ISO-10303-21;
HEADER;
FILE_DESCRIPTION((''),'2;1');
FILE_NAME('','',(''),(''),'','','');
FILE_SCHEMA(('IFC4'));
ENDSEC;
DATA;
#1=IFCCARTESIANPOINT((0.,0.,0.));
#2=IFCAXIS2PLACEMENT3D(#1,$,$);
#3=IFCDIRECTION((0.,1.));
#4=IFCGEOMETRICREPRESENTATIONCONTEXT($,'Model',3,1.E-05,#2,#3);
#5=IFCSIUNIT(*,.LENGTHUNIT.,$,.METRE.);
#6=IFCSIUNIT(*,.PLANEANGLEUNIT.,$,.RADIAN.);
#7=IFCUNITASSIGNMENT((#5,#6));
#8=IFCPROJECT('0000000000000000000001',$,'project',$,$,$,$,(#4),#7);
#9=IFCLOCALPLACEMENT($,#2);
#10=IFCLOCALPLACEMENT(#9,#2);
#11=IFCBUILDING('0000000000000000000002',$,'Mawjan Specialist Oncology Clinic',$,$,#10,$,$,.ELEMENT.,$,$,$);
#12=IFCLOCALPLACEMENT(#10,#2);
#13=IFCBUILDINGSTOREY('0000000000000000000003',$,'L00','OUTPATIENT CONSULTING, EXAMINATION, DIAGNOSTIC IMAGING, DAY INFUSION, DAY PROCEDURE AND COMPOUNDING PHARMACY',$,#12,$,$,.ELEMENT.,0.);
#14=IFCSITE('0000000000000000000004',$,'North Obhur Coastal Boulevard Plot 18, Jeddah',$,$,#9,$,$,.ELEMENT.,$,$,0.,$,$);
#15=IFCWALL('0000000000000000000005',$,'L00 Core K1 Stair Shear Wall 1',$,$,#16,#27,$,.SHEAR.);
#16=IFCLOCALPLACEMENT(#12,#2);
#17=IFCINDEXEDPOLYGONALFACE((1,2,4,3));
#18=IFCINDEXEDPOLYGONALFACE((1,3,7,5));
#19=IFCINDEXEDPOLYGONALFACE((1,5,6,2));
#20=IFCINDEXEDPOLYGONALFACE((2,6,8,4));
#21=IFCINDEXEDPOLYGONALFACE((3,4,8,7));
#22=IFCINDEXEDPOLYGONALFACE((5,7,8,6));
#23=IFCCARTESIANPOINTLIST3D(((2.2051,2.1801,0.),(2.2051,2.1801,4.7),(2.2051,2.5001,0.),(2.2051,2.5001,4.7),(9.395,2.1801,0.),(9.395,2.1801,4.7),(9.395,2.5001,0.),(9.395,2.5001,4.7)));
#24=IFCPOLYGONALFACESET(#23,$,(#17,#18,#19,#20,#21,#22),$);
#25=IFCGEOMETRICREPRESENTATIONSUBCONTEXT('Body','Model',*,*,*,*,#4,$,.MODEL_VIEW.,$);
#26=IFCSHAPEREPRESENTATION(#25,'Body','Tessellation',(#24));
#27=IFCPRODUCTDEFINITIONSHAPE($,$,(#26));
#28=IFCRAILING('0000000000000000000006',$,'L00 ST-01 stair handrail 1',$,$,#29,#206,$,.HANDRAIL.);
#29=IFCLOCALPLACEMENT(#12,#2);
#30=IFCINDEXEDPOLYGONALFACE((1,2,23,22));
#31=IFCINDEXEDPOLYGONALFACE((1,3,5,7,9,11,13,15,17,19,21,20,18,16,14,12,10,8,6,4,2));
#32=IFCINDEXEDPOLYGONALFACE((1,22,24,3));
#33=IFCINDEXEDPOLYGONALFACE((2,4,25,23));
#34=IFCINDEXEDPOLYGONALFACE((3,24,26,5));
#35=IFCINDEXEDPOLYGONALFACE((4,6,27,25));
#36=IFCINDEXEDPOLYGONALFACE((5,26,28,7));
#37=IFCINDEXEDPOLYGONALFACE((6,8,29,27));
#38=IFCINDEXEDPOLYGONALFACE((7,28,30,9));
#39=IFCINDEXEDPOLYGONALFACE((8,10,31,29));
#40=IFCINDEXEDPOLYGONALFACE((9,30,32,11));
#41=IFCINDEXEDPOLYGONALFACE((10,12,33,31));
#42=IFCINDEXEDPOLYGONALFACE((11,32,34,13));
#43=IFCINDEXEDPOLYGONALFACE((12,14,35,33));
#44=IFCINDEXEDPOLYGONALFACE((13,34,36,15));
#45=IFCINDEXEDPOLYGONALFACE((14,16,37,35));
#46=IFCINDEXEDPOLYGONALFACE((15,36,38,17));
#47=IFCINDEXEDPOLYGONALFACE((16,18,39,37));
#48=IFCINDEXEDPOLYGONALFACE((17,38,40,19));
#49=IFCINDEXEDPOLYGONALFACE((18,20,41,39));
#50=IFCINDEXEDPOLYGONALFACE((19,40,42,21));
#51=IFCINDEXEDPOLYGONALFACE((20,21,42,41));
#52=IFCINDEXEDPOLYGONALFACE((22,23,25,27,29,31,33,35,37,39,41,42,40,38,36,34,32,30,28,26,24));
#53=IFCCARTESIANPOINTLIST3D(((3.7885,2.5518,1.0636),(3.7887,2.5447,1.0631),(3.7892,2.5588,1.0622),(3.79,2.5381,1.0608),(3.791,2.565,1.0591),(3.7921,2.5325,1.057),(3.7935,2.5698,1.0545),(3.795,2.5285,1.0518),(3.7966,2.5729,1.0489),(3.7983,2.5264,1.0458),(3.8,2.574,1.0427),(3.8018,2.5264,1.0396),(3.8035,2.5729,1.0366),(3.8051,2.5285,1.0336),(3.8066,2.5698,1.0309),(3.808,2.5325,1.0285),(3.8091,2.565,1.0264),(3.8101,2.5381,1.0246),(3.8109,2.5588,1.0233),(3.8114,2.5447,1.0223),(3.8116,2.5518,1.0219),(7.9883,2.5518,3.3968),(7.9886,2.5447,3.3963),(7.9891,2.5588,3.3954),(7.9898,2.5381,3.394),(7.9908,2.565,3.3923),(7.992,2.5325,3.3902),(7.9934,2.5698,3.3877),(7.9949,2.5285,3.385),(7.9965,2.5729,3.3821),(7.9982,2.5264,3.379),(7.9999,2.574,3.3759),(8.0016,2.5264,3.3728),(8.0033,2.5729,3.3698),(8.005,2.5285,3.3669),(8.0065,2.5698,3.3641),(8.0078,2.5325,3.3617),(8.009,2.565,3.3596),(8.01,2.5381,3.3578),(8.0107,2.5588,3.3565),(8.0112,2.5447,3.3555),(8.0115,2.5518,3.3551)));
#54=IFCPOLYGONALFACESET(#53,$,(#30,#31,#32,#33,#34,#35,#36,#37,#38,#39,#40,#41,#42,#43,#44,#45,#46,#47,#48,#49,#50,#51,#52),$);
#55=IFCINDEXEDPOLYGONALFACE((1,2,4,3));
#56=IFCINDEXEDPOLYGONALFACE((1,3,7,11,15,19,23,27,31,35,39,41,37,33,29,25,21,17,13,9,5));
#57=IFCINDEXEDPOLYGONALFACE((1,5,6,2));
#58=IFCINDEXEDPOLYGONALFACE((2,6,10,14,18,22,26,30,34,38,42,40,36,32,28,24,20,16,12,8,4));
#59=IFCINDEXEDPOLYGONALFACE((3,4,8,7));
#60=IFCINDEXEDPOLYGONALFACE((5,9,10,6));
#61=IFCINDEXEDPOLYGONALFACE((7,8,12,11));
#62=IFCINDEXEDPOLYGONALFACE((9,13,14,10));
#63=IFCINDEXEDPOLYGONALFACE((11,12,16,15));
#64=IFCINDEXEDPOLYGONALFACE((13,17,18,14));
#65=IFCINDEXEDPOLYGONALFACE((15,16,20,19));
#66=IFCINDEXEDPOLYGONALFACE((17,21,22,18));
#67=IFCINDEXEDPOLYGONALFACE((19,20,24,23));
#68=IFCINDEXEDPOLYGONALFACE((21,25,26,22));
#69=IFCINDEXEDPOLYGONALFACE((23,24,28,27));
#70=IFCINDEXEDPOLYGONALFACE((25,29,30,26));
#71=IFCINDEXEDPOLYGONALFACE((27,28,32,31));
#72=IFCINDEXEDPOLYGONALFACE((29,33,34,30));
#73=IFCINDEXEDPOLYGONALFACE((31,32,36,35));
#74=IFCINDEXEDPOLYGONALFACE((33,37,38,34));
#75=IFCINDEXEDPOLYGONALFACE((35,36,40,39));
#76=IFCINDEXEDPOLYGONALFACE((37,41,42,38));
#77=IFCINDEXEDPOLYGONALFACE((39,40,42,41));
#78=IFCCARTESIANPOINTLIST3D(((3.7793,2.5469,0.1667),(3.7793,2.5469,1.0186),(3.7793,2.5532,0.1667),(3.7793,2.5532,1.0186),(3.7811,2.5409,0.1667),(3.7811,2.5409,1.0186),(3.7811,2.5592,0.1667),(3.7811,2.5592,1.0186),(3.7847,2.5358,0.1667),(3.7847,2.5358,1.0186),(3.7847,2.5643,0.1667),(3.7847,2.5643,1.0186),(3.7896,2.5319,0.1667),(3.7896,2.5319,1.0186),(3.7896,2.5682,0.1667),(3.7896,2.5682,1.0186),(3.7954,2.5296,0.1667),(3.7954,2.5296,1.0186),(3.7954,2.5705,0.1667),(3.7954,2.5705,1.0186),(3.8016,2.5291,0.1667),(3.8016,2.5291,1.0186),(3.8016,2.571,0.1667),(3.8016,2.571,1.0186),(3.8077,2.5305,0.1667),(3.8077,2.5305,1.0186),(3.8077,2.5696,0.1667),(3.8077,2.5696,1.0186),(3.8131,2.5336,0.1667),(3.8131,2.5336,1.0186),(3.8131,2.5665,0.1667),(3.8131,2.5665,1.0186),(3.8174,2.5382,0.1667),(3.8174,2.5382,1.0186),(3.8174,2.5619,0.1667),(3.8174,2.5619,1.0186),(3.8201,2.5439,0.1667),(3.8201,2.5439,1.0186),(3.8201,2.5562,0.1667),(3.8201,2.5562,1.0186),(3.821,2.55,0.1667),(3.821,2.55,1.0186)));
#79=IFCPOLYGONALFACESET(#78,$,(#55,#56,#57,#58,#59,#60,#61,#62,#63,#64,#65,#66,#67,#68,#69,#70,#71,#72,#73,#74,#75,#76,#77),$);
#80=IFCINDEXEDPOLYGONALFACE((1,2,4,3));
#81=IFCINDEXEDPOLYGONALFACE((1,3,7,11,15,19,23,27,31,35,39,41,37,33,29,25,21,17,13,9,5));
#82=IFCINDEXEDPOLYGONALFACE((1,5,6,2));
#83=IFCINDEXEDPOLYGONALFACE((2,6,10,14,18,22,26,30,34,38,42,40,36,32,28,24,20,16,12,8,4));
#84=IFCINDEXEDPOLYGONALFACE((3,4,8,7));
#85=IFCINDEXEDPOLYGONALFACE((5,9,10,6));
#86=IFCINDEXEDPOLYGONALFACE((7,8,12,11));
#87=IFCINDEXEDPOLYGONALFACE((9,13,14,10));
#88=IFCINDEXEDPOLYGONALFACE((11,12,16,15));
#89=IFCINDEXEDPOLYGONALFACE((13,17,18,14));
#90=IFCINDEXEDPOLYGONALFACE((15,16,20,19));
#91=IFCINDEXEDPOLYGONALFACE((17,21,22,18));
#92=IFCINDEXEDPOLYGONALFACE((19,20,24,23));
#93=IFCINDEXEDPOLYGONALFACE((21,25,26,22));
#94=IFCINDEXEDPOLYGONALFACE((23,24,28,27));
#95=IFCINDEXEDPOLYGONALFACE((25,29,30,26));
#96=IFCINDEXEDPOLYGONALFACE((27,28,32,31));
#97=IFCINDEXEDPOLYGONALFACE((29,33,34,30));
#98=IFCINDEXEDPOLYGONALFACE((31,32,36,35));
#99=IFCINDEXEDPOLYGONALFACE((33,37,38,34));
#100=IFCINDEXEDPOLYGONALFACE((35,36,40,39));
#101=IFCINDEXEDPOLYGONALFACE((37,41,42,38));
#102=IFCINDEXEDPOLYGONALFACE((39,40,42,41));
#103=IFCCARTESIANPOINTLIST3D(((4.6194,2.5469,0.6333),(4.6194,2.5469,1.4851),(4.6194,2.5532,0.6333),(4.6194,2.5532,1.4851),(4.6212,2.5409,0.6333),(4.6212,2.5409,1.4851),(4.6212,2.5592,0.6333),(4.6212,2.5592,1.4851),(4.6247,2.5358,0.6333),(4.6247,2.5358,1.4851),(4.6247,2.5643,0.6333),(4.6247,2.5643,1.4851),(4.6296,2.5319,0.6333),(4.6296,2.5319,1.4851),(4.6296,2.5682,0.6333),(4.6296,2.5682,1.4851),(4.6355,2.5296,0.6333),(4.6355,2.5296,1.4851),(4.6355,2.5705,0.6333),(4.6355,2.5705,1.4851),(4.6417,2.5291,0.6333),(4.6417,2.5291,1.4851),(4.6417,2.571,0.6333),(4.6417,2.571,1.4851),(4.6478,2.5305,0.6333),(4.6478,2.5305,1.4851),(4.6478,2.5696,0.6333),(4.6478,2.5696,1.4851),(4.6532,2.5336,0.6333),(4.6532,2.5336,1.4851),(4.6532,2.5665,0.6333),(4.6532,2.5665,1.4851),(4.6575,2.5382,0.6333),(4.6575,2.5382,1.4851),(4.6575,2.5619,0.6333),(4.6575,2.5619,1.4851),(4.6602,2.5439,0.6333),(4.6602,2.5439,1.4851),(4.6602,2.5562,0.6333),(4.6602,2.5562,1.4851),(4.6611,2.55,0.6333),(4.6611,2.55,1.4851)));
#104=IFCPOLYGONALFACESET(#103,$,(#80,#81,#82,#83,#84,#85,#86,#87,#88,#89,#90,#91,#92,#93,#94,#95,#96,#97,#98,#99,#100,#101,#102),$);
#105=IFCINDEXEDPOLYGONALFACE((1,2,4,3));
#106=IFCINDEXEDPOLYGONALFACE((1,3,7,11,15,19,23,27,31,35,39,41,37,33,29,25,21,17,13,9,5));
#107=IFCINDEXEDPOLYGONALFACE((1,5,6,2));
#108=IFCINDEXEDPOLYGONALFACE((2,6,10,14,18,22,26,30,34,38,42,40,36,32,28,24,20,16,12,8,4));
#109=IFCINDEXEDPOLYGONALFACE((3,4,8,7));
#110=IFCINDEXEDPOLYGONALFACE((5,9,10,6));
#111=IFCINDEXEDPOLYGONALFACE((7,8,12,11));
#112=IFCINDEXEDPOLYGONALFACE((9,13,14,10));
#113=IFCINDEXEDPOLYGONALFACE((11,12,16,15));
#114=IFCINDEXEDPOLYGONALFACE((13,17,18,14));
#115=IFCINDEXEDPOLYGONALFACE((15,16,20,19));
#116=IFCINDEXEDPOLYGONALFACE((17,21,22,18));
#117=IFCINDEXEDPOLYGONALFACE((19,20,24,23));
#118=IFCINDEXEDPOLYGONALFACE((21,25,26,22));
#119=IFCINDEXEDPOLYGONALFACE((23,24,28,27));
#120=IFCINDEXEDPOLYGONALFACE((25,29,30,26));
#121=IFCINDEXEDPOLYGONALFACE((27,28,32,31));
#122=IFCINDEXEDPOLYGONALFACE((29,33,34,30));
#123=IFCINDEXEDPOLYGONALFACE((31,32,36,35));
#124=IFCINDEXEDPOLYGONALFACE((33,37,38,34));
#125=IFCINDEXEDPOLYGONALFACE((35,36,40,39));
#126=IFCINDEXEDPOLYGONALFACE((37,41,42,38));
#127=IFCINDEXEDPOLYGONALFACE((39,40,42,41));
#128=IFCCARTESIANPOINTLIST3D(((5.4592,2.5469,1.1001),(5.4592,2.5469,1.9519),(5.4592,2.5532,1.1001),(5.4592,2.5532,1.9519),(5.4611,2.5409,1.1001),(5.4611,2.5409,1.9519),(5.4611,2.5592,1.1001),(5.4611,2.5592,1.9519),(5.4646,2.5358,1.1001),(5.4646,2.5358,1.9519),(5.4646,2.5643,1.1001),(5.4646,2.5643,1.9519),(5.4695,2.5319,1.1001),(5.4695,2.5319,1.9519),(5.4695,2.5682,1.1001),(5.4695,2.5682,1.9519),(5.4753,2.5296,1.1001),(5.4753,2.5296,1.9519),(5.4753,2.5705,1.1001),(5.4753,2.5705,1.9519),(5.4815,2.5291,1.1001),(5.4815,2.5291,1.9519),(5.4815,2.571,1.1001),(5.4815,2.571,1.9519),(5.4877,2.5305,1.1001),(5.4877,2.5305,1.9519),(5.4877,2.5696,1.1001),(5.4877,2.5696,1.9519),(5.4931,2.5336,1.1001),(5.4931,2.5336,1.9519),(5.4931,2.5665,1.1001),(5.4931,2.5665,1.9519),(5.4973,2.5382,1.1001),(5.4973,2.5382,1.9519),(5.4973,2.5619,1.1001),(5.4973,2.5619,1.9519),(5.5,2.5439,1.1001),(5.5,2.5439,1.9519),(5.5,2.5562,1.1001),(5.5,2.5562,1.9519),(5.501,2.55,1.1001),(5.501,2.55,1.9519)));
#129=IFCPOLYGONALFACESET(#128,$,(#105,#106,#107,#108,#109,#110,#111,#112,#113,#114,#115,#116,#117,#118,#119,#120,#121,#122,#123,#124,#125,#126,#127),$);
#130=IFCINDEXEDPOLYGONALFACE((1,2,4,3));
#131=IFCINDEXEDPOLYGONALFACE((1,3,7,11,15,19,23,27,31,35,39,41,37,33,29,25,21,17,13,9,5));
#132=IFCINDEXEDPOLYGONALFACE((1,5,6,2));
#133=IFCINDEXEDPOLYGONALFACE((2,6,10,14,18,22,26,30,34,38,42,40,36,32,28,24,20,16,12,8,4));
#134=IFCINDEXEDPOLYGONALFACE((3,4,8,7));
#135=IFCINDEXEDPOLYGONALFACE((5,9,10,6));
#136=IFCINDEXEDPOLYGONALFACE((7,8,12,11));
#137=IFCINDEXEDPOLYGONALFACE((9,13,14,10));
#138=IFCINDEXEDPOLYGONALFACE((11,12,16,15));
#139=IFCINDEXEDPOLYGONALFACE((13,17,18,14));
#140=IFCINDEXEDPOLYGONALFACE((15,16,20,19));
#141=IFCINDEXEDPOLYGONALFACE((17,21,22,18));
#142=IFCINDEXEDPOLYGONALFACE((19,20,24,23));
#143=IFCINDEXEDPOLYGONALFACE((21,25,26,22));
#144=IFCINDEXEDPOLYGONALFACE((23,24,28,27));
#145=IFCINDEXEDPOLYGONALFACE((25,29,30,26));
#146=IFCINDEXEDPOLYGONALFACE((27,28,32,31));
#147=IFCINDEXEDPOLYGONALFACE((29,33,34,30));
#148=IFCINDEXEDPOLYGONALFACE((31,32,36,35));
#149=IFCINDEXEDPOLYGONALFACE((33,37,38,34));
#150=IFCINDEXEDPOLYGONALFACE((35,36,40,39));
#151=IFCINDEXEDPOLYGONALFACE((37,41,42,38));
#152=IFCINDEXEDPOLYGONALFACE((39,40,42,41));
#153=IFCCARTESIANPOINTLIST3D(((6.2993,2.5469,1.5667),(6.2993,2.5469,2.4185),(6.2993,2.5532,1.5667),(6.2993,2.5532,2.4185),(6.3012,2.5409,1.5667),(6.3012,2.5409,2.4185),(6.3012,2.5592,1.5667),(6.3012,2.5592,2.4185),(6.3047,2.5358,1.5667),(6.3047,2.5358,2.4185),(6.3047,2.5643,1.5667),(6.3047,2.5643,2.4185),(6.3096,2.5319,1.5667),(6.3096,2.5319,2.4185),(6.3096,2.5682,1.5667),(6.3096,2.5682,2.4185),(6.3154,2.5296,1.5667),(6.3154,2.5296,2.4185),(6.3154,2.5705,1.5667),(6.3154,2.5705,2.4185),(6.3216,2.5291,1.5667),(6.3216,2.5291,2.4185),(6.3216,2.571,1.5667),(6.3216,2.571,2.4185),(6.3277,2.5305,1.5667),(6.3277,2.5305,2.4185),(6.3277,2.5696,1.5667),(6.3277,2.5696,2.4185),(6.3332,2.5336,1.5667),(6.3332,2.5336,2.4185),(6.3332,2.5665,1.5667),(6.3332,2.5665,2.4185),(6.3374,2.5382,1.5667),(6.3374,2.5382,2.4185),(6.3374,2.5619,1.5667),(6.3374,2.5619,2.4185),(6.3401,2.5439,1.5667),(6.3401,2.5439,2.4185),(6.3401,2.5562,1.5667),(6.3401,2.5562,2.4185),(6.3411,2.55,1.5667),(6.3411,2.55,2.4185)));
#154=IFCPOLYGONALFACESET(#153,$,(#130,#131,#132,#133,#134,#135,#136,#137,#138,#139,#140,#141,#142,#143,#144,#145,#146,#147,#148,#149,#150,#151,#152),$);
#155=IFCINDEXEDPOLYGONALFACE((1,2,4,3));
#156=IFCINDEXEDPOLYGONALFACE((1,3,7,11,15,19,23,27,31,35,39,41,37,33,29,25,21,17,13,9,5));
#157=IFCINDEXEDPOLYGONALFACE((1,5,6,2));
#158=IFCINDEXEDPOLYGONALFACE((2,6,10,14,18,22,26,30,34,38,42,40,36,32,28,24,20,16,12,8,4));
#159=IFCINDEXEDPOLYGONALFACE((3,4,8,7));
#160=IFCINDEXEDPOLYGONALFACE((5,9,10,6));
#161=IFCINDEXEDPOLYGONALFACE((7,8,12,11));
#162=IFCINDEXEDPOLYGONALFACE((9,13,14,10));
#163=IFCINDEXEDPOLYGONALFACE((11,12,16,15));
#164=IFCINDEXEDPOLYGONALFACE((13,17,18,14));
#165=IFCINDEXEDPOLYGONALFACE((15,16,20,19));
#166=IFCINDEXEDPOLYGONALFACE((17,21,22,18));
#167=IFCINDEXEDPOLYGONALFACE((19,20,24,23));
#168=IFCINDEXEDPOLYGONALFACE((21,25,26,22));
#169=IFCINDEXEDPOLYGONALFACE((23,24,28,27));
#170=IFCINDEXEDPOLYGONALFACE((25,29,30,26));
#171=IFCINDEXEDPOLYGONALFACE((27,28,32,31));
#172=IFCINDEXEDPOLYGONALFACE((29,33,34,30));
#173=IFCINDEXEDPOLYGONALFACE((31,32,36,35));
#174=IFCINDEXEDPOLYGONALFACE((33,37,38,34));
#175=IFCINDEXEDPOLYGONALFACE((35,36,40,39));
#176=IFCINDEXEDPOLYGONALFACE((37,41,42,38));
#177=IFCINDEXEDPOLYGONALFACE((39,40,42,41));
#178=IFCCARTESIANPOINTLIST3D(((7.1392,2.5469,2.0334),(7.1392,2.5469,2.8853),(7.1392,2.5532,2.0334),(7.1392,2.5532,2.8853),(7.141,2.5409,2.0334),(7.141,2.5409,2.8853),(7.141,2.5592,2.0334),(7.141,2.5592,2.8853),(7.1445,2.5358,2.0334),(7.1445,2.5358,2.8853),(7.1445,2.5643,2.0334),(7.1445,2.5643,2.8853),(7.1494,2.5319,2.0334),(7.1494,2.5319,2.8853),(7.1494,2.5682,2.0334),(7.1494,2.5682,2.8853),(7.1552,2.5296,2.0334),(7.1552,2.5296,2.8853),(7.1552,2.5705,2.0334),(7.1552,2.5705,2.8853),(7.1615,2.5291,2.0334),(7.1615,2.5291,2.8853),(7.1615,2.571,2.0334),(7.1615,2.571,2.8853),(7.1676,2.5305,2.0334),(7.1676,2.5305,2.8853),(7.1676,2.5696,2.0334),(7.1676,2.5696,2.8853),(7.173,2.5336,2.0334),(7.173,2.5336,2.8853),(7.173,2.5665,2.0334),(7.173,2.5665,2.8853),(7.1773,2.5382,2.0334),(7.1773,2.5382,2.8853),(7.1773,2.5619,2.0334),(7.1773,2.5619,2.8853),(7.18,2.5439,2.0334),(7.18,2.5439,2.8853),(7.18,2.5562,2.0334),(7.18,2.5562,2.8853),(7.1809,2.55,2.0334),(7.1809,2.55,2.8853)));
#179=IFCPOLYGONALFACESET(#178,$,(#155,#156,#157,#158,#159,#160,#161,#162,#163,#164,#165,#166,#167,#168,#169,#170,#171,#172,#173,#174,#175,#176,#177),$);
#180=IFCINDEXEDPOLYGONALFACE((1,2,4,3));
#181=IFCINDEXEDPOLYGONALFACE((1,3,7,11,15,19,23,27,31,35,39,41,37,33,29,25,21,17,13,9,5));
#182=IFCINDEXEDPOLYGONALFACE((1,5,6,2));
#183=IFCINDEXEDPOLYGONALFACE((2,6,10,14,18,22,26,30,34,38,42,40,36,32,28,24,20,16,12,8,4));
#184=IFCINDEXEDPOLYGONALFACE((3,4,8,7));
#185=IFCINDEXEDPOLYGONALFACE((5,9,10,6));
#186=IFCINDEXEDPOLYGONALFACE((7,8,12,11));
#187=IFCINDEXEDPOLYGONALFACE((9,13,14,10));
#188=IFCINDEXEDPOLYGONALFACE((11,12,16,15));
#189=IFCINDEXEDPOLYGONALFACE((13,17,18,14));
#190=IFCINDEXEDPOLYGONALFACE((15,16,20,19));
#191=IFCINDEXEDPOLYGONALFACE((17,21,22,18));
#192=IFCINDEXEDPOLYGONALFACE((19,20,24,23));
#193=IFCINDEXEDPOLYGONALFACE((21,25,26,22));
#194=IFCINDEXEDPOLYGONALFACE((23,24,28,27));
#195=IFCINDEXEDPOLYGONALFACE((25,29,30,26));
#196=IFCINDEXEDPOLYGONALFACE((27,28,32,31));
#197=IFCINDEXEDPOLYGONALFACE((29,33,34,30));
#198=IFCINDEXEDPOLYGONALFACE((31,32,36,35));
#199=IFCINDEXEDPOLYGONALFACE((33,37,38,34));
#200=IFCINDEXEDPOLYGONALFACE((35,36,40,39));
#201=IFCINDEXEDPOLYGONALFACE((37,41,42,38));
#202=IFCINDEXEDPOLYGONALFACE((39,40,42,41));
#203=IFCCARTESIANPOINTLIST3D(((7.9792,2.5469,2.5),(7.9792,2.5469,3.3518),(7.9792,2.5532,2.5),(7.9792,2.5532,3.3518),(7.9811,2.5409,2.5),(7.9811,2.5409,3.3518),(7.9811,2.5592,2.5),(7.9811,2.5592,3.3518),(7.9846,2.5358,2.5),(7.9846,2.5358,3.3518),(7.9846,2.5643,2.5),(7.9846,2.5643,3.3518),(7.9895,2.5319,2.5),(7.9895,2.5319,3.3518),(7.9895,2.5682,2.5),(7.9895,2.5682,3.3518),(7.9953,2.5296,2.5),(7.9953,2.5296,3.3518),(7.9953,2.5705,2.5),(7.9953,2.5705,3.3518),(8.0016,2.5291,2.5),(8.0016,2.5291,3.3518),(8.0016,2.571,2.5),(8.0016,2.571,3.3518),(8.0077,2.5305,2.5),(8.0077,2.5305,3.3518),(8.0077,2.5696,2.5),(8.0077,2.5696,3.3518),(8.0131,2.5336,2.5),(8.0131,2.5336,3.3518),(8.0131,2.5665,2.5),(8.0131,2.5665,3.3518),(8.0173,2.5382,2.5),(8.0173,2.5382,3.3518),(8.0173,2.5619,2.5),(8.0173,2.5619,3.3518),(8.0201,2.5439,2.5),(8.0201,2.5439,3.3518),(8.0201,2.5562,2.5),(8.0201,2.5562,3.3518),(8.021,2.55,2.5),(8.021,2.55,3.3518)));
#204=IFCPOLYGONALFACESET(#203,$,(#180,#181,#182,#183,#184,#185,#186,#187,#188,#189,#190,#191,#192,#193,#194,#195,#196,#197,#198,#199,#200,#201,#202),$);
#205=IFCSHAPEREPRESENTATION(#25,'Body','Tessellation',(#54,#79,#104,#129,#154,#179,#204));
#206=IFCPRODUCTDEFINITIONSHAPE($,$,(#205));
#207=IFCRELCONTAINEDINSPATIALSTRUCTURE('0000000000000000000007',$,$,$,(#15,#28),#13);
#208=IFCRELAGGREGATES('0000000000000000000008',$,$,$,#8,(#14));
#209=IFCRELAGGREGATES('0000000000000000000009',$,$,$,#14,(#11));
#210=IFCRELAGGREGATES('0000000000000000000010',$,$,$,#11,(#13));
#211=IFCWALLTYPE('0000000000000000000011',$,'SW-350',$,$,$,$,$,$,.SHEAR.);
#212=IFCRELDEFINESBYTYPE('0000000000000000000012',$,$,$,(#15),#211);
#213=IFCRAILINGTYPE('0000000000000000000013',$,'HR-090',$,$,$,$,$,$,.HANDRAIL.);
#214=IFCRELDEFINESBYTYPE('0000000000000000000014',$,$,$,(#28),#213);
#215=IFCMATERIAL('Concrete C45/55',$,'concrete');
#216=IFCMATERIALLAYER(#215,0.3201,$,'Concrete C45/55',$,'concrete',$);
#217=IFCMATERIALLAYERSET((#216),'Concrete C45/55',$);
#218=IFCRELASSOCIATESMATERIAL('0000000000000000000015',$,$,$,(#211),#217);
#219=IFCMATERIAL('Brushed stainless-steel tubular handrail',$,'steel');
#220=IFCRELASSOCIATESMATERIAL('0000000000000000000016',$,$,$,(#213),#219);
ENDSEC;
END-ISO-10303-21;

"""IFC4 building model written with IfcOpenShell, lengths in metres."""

from ifc_helpers import new_model, si_unit, direction, frame, frame_2d, origin, origin_2d, place, context, subcontext, project, spatial, rectangle, circle, extrude, material, layer, layer_set, type_object, element, save


model = new_model("IFC4")

# Units and contexts
model_context = context("Model", 3, precision=1e-05, world=origin(), true_north=direction((0.0, 1.0)))
body_context = subcontext(model_context, "Body", "Model", "MODEL_VIEW")
ifc_project = project(units=[si_unit("LENGTHUNIT", "METRE"), si_unit("PLANEANGLEUNIT", "RADIAN")], contexts=[model_context])

# Site, building, storey
site_placement = place(None, origin())
site = spatial("IfcSite", under=ifc_project, at=site_placement, Name="North Obhur Coastal Boulevard Plot 18, Jeddah", CompositionType="ELEMENT", RefElevation=0.0)
building_placement = place(site_placement, origin())
building = spatial("IfcBuilding", under=site, at=building_placement, Name="Mawjan Specialist Oncology Clinic", CompositionType="ELEMENT")
storey_placement = place(building_placement, origin())
storey = spatial("IfcBuildingStorey", under=building, at=storey_placement, Name="L00", Description="OUTPATIENT CONSULTING, EXAMINATION, DIAGNOSTIC IMAGING, DAY INFUSION, DAY PROCEDURE AND COMPOUNDING PHARMACY", CompositionType="ELEMENT", Elevation=0.0)

# Wall
ifc_material_1 = material(Name="Concrete C45/55", Category="concrete")
ifc_layer_1 = layer(ifc_material_1, 0.3201, Name="Concrete C45/55", Category="concrete")
ifc_layer_set_1 = layer_set([ifc_layer_1], Name="Concrete C45/55")
wall_type_1 = type_object("IfcWallType", Name="SW-350", PredefinedType="SHEAR", material=ifc_layer_set_1)
wall_1_placement = place(storey_placement, frame((2.2051, 2.3401, 0.0), z_axis=(0.0, 0.0, 1.0), x_axis=(1.0, 0.0, 0.0)))
element("IfcWall", 1, at=wall_1_placement, inside=storey, type_object=wall_type_1, Name="L00 Core K1 Stair Shear Wall 1", PredefinedType="SHEAR", context=body_context, shape_type="SweptSolid", body=[
    extrude(rectangle(XDim=7.1899, YDim=0.3201, at=frame_2d((3.595, 0.0))), origin(), (0.0, 0.0, 1.0), 4.7),
])

# Railing
ifc_material_2 = material(Name="Brushed stainless-steel tubular handrail", Category="steel")
railing_type = type_object("IfcRailingType", Name="HR-090", PredefinedType="HANDRAIL", material=ifc_material_2)
railing_placement = place(storey_placement, frame((3.8, 2.55, 0.1667)))
element("IfcRailing", 2, at=railing_placement, inside=storey, type_object=railing_type, Name="L00 ST-01 stair handrail 1", PredefinedType="HANDRAIL", context=body_context, shape_type="SweptSolid", body=[
    extrude(circle(Radius=0.0239, at=origin_2d()), frame((0.0, 0.0, 0.876), z_axis=(0.874162, 0.0, 0.485634), x_axis=(0.0, 1.0, 0.0)), (0.0, 0.0, 1.0), 4.8044),
    extrude(circle(Radius=0.021, at=origin_2d()), origin(), (0.0, 0.0, 1.0), 0.8518),
    extrude(circle(Radius=0.021, at=origin_2d()), frame((0.8401, 0.0, 0.4666)), (0.0, 0.0, 1.0), 0.8518),
    extrude(circle(Radius=0.021, at=origin_2d()), frame((1.6799, 0.0, 0.9333)), (0.0, 0.0, 1.0), 0.8518),
    extrude(circle(Radius=0.021, at=origin_2d()), frame((2.52, 0.0, 1.3999)), (0.0, 0.0, 1.0), 0.8518),
    extrude(circle(Radius=0.021, at=origin_2d()), frame((3.3599, 0.0, 1.8667)), (0.0, 0.0, 1.0), 0.8518),
    extrude(circle(Radius=0.021, at=origin_2d()), frame((4.2, 0.0, 2.3333)), (0.0, 0.0, 1.0), 0.8518),
])

save(model, "model.ifc")
